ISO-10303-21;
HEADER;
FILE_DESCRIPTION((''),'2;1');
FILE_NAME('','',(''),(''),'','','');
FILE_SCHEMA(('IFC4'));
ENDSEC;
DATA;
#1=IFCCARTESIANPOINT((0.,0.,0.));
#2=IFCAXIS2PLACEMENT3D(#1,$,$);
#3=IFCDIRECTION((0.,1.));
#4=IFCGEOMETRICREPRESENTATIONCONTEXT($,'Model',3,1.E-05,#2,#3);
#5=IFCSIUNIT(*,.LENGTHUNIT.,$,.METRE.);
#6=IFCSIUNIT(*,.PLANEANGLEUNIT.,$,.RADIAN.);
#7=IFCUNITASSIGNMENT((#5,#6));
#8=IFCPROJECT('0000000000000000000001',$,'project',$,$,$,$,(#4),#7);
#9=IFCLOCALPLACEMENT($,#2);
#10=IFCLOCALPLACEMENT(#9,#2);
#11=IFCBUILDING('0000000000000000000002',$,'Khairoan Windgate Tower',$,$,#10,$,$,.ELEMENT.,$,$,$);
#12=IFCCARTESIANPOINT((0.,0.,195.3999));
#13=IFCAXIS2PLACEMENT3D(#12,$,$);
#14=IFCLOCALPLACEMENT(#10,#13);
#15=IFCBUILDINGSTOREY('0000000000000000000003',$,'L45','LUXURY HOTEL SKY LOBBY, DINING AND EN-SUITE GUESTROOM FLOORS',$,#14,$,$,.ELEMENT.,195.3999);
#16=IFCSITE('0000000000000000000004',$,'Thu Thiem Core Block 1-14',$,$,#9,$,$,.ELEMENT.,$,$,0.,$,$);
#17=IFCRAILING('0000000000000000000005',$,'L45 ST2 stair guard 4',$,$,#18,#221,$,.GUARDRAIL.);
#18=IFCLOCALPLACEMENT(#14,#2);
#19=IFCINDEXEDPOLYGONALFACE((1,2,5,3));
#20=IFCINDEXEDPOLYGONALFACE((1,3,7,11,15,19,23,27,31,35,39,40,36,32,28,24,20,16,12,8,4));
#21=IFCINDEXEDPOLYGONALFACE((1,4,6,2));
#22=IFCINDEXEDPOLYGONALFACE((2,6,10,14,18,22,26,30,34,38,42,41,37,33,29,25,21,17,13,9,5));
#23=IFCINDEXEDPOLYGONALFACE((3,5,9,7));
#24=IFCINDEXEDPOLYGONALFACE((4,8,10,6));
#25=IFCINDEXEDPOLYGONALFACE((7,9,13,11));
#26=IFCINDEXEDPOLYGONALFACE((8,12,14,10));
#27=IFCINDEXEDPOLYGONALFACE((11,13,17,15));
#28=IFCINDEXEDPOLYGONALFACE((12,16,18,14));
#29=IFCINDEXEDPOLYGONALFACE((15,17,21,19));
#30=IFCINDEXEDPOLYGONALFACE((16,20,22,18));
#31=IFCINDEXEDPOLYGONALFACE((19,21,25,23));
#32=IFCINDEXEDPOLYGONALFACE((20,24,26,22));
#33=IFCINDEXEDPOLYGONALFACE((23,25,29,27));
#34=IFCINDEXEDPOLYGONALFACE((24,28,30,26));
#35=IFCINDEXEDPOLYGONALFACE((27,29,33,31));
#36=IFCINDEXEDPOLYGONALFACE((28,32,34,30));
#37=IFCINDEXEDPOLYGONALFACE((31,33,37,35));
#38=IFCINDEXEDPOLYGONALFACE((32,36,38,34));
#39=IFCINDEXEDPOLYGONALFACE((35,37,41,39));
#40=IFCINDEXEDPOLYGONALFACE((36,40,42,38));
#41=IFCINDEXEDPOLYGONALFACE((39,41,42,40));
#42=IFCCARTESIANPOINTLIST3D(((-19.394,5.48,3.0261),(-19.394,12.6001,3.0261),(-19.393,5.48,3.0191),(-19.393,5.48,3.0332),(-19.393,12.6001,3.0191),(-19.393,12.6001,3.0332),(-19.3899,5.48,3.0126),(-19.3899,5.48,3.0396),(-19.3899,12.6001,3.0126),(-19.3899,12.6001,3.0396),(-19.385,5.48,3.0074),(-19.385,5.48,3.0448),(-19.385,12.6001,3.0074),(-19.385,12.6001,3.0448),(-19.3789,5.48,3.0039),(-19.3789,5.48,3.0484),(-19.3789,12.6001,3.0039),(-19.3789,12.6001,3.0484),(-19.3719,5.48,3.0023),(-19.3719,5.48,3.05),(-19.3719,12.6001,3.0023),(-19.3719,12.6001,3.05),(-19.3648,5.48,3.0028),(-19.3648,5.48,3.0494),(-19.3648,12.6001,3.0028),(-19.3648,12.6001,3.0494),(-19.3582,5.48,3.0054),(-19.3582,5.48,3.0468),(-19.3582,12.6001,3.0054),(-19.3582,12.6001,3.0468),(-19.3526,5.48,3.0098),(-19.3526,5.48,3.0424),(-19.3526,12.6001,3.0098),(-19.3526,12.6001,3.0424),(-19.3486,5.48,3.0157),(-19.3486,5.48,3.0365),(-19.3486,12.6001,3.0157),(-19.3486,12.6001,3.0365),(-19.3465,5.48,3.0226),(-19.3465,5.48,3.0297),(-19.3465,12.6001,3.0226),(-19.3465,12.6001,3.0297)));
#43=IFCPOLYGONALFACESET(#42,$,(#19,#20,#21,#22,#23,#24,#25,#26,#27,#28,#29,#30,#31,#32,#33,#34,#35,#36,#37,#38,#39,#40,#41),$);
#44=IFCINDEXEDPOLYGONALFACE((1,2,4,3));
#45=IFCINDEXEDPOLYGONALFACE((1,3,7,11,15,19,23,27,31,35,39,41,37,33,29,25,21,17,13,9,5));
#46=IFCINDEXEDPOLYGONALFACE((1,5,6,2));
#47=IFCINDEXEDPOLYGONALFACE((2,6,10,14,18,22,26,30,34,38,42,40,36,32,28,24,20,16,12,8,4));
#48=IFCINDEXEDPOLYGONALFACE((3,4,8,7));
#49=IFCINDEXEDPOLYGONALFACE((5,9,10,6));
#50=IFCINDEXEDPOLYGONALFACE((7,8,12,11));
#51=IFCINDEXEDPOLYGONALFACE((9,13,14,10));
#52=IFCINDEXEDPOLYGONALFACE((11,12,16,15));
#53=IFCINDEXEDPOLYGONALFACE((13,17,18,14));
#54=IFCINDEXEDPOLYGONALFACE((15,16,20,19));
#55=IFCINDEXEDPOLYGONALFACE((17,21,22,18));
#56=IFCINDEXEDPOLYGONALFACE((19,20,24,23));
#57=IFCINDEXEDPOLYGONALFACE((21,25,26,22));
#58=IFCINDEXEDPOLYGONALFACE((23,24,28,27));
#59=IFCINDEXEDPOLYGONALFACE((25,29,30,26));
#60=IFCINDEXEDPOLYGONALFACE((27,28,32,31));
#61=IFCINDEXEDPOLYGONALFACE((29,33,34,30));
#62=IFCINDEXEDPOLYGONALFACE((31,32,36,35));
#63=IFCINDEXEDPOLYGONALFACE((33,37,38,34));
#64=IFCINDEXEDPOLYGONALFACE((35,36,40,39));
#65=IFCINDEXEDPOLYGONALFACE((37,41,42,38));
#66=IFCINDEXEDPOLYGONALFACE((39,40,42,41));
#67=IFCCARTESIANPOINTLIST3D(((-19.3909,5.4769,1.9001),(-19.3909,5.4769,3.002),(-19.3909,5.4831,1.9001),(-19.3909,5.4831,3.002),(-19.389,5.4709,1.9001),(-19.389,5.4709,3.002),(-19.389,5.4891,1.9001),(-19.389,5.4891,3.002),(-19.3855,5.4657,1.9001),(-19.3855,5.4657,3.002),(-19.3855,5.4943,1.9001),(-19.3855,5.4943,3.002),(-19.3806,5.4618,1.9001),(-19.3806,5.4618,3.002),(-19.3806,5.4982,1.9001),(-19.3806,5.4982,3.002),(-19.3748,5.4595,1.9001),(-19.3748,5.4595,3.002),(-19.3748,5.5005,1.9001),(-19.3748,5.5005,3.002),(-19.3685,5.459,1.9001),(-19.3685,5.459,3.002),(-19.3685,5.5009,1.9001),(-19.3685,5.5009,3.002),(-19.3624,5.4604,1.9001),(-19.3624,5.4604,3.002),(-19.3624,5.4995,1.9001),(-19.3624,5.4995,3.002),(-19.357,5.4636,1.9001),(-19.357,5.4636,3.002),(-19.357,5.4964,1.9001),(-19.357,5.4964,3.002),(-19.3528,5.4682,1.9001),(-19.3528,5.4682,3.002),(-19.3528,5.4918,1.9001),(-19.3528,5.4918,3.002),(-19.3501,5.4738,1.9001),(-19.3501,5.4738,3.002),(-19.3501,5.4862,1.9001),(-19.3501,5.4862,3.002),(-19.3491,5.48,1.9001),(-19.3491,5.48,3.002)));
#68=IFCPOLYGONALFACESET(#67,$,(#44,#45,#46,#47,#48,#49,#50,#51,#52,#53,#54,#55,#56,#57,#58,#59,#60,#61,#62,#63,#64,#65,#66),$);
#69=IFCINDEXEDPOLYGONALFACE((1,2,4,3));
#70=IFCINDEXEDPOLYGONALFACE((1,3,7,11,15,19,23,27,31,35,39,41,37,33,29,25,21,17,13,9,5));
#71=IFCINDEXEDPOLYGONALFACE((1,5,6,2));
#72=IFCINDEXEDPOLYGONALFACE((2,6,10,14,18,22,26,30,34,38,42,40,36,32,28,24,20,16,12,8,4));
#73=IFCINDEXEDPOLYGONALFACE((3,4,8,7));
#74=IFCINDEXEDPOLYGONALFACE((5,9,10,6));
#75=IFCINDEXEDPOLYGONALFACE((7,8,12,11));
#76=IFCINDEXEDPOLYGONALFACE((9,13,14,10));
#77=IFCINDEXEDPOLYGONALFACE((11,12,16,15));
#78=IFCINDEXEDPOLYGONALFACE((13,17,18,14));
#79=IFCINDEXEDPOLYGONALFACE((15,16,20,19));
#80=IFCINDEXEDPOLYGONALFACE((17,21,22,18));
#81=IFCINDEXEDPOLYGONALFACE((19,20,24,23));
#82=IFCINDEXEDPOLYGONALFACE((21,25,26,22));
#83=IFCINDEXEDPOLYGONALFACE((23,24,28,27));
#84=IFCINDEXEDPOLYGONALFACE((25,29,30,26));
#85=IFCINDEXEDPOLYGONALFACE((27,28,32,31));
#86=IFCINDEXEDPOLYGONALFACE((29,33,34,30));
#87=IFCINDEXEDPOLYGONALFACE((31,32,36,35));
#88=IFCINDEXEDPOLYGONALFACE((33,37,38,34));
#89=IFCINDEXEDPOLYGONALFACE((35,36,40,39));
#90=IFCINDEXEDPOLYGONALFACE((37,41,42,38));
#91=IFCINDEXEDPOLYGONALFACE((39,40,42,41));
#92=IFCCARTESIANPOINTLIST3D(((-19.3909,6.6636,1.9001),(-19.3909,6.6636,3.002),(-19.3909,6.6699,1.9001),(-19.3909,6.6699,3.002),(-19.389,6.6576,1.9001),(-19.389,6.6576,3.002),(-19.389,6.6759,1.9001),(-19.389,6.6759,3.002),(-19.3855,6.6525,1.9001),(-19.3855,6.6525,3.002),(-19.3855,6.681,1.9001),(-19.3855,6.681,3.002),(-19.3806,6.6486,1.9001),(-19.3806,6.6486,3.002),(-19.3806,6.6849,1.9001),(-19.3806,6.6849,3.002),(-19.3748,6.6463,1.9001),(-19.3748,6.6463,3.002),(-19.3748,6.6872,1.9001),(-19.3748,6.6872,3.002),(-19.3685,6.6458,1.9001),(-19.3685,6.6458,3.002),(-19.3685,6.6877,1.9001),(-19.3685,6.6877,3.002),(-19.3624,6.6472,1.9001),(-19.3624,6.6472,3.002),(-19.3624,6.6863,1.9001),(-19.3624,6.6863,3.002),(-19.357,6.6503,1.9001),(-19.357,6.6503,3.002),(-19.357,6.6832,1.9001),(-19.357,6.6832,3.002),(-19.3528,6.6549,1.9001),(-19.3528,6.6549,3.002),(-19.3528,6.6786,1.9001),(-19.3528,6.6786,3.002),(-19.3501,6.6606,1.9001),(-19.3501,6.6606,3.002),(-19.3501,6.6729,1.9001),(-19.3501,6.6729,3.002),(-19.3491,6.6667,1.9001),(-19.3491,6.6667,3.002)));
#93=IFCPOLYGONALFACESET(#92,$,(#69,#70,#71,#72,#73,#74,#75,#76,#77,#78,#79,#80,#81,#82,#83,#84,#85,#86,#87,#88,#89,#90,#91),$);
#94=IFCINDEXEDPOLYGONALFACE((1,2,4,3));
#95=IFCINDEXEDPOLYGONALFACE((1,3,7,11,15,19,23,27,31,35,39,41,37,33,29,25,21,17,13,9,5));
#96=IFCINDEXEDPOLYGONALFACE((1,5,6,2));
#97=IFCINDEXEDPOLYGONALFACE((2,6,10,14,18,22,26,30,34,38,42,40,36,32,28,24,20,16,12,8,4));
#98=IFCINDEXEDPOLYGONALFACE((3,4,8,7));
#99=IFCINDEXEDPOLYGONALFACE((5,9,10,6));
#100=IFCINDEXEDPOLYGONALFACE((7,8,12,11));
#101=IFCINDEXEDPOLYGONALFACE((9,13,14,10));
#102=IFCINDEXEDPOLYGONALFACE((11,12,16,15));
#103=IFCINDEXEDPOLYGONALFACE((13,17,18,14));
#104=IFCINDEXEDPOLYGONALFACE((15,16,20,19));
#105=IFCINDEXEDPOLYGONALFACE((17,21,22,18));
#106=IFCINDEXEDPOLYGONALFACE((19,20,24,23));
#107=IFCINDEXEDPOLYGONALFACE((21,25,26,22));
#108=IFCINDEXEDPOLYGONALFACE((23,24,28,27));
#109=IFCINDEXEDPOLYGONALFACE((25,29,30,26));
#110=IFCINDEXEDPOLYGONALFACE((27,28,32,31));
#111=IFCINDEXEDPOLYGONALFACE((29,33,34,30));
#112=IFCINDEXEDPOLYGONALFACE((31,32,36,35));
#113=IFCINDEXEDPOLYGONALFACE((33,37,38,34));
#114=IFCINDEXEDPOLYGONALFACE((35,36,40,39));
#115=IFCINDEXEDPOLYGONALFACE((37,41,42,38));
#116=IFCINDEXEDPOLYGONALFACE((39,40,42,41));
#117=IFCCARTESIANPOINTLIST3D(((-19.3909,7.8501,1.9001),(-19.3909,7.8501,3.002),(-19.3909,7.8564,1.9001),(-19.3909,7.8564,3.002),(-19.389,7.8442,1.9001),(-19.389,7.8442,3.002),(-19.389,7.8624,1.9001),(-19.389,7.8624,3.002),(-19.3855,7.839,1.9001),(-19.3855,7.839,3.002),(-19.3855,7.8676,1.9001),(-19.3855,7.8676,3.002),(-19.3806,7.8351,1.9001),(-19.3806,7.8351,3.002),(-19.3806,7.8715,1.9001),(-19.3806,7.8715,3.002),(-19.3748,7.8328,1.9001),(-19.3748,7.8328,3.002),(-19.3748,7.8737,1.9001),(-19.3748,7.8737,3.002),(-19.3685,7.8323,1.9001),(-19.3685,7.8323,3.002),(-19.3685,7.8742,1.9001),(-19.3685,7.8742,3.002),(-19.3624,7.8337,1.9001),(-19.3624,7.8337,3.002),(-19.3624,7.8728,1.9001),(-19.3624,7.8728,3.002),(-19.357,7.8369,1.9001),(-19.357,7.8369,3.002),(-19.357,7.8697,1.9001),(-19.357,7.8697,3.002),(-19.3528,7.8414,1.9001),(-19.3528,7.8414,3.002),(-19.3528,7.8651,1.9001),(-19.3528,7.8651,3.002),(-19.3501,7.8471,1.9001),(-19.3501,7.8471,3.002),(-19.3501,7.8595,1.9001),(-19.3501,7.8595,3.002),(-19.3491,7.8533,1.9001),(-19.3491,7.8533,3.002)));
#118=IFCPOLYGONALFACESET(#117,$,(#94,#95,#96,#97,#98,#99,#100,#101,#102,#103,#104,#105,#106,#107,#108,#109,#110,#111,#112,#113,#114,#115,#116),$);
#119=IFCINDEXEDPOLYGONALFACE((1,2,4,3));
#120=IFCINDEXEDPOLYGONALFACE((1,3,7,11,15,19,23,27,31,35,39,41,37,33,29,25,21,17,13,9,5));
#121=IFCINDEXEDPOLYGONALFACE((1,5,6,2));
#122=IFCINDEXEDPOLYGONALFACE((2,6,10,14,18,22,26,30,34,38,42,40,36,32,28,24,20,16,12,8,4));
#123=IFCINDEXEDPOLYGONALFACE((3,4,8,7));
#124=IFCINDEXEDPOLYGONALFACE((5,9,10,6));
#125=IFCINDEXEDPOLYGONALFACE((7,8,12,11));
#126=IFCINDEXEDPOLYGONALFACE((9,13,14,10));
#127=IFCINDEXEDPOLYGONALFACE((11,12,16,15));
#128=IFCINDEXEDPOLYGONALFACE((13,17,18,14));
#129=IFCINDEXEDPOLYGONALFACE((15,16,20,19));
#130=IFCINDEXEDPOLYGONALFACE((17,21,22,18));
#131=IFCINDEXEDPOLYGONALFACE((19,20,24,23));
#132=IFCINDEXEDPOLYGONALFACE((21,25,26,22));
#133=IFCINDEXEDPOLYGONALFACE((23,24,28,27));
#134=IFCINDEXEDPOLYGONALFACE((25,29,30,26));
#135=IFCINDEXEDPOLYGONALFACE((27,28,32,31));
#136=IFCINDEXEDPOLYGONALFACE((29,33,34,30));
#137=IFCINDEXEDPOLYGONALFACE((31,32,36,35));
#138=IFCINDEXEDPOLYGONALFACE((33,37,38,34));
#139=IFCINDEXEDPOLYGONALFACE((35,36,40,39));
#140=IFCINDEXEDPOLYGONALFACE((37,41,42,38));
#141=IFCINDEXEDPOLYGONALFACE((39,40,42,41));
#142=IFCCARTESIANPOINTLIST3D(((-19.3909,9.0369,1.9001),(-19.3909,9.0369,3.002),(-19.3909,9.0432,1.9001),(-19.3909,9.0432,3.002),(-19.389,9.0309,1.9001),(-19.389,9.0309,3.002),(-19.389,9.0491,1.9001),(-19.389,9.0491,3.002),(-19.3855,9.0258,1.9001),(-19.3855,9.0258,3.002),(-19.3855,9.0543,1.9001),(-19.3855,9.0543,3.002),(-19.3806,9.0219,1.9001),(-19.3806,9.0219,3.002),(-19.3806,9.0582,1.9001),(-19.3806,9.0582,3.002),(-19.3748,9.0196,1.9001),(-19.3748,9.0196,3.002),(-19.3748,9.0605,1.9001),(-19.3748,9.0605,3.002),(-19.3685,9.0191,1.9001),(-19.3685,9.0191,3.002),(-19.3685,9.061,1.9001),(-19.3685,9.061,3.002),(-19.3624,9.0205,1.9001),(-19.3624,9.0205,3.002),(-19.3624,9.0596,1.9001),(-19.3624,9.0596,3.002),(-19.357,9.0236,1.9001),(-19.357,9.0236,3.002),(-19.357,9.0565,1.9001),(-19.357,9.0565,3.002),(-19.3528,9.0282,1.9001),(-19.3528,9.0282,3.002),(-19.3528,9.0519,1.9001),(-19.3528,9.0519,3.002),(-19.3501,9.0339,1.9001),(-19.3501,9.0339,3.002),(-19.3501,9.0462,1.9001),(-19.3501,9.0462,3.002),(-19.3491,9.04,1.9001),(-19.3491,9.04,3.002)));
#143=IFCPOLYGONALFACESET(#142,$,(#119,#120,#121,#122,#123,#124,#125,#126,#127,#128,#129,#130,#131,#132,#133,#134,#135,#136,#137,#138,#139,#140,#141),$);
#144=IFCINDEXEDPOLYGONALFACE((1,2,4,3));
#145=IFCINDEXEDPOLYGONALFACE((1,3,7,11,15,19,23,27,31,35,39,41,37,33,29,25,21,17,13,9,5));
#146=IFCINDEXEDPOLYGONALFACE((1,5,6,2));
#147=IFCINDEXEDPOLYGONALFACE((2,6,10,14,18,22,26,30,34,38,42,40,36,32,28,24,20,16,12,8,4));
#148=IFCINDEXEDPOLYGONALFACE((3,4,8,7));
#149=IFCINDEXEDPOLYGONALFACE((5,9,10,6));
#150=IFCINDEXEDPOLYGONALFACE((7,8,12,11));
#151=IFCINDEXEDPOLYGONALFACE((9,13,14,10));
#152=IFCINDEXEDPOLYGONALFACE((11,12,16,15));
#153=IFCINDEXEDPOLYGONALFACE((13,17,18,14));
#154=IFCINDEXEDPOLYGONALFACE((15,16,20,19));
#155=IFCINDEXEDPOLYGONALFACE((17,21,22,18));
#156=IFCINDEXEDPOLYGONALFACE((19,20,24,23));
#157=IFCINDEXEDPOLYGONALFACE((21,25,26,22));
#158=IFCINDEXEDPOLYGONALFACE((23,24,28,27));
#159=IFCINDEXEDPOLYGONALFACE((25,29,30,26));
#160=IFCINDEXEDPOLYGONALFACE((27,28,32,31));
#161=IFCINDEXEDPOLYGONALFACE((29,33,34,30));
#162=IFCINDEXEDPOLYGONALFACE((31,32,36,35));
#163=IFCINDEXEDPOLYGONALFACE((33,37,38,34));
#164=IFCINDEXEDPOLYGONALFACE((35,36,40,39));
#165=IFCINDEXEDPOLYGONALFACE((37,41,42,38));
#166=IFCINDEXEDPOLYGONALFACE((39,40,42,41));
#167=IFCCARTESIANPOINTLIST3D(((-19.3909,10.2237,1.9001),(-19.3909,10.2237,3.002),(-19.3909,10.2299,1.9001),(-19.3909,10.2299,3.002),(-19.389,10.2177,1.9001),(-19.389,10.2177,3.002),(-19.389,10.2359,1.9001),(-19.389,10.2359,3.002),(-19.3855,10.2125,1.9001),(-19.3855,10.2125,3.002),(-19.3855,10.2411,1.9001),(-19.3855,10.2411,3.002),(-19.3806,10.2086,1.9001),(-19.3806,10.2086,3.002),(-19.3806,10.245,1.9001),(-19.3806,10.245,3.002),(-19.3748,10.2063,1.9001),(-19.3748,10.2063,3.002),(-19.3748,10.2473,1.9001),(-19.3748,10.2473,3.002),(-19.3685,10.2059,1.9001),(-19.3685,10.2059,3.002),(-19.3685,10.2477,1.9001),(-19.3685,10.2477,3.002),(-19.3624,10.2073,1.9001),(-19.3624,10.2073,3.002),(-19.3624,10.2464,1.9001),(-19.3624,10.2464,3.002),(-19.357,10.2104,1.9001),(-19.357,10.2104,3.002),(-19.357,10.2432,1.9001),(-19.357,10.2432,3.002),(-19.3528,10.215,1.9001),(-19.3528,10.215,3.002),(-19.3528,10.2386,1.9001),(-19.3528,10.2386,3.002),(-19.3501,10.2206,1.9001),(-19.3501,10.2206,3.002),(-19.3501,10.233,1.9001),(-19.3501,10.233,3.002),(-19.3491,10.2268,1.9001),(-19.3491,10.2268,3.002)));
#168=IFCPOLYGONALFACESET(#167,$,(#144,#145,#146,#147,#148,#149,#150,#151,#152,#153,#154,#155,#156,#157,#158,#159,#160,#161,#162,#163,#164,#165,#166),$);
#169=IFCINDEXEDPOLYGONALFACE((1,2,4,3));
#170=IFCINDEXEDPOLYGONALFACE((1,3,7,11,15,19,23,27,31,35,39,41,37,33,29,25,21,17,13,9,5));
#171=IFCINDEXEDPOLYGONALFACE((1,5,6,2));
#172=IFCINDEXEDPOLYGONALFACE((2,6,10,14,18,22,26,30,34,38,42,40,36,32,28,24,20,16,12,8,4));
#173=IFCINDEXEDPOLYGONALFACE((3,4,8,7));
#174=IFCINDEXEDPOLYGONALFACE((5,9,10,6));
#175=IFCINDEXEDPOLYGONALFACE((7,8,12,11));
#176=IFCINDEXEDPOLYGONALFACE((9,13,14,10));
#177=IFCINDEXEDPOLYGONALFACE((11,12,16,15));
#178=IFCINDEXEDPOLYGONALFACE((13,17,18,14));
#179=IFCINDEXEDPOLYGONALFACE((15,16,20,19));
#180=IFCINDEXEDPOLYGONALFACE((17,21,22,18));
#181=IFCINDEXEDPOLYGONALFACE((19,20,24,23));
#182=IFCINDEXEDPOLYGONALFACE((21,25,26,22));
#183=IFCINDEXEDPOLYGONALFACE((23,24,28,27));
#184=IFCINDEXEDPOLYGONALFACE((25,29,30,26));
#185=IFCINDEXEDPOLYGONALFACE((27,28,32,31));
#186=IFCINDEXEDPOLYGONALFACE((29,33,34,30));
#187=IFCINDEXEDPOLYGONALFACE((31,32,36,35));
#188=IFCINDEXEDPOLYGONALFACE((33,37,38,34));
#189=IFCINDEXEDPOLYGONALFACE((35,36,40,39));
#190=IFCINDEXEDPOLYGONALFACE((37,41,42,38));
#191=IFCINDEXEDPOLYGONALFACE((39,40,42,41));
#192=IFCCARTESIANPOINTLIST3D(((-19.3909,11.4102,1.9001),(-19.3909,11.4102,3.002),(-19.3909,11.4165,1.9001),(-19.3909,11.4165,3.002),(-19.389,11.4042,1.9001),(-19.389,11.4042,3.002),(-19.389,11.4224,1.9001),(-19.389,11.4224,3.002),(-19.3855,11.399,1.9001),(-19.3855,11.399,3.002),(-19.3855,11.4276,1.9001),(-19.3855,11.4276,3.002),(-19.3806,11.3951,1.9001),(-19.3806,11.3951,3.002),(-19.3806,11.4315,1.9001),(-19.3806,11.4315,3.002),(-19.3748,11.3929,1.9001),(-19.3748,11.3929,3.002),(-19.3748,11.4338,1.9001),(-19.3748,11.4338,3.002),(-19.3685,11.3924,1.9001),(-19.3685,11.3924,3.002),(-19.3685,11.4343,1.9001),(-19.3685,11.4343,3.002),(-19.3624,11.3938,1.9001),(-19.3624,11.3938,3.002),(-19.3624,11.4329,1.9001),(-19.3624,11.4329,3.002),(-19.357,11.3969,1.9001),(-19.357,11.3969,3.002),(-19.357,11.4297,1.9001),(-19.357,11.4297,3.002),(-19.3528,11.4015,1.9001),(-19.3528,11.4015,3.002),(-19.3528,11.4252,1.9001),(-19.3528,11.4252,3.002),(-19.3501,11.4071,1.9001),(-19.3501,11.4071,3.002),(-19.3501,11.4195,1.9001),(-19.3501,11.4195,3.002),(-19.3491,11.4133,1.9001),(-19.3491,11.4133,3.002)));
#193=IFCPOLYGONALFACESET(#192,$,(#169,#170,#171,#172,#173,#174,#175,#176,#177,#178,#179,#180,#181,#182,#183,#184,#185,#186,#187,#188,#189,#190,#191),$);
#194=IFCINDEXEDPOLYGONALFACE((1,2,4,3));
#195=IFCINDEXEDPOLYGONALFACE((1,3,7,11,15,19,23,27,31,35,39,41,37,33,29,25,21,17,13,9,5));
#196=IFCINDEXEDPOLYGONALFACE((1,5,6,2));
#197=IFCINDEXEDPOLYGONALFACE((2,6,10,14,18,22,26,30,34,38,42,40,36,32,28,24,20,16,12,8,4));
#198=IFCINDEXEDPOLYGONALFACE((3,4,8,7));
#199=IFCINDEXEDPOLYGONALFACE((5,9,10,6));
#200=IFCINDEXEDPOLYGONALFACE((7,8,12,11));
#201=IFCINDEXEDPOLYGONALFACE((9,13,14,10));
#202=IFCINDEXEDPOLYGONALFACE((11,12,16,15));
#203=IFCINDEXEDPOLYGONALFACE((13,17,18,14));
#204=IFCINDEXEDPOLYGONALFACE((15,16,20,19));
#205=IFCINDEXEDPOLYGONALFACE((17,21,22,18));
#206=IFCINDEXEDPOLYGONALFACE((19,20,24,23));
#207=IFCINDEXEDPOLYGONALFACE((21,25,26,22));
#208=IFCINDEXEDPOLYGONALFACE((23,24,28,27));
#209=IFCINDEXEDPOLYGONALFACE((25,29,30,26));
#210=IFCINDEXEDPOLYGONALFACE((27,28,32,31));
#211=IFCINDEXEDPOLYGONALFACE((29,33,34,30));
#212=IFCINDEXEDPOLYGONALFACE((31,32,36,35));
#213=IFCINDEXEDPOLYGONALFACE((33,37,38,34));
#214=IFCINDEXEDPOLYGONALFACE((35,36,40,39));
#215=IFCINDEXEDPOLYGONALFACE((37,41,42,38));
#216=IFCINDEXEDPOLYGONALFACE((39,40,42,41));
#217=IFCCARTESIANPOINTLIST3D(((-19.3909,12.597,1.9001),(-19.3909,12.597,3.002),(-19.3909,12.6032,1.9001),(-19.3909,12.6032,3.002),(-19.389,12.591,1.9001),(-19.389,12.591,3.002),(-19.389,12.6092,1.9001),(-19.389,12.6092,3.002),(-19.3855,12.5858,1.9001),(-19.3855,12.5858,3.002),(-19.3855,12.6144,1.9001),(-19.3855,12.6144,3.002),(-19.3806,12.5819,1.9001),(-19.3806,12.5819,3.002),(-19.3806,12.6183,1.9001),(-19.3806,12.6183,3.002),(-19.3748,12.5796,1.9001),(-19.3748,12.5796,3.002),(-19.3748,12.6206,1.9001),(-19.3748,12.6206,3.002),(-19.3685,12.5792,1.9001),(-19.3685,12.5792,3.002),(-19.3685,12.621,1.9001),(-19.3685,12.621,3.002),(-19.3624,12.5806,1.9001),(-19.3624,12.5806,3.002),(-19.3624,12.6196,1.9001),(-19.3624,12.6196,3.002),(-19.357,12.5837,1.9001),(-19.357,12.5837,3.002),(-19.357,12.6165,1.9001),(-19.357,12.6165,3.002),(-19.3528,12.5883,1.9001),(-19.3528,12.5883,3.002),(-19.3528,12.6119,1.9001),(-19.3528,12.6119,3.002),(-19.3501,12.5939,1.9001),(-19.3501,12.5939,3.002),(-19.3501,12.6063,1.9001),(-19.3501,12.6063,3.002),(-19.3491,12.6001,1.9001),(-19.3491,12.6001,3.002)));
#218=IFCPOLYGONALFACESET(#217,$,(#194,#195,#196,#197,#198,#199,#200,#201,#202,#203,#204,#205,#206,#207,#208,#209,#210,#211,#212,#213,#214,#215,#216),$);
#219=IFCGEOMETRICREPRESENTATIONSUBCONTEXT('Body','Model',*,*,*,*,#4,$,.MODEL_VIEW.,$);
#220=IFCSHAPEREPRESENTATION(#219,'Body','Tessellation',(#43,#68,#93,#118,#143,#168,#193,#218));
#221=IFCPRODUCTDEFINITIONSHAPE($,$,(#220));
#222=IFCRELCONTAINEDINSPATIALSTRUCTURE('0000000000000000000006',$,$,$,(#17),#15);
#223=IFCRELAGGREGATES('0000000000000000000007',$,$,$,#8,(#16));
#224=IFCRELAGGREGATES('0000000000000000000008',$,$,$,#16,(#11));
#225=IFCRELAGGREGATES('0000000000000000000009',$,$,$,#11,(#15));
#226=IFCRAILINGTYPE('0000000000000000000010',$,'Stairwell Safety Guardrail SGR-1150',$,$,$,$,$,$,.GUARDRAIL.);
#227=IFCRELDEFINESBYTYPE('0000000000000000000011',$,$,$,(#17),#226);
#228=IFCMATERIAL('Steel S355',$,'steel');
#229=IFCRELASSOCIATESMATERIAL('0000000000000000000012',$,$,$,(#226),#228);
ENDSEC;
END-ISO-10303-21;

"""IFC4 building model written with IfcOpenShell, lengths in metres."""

from ifc_helpers import new_model, si_unit, direction, frame, origin, origin_2d, place, context, subcontext, project, spatial, circle, extrude, material, type_object, element, save


model = new_model("IFC4")

# Units and contexts
model_context = context("Model", 3, precision=1e-05, world=origin(), true_north=direction((0.0, 1.0)))
body_context = subcontext(model_context, "Body", "Model", "MODEL_VIEW")
ifc_project = project(units=[si_unit("LENGTHUNIT", "METRE"), si_unit("PLANEANGLEUNIT", "RADIAN")], contexts=[model_context])

# Site, building, storey
site_placement = place(None, origin())
site = spatial("IfcSite", under=ifc_project, at=site_placement, Name="Thu Thiem Core Block 1-14", CompositionType="ELEMENT", RefElevation=0.0)
building_placement = place(site_placement, origin())
building = spatial("IfcBuilding", under=site, at=building_placement, Name="Khairoan Windgate Tower", CompositionType="ELEMENT")
storey_placement = place(building_placement, frame((0.0, 0.0, 195.3999)))
storey = spatial("IfcBuildingStorey", under=building, at=storey_placement, Name="L45", Description="LUXURY HOTEL SKY LOBBY, DINING AND EN-SUITE GUESTROOM FLOORS", CompositionType="ELEMENT", Elevation=195.3999)

# Railing
ifc_material_1 = material(Name="Steel S355", Category="steel")
railing_type_1 = type_object("IfcRailingType", Name="Stairwell Safety Guardrail SGR-1150", PredefinedType="GUARDRAIL", material=ifc_material_1)
railing_1_placement = place(storey_placement, frame((-19.3701, 5.48, 1.9001)))
element("IfcRailing", 1, at=railing_1_placement, inside=storey, type_object=railing_type_1, Name="L45 ST2 stair guard 4", PredefinedType="GUARDRAIL", context=body_context, shape_type="SweptSolid", body=[
    extrude(circle(Radius=0.0239, at=origin_2d()), frame((0.0, 0.0, 1.126), z_axis=(0.0, 1.0, 0.0), x_axis=(-1.0, 0.0, 0.0)), (0.0, 0.0, 1.0), 7.1201),
    extrude(circle(Radius=0.021, at=origin_2d()), origin(), (0.0, 0.0, 1.0), 1.1018),
    extrude(circle(Radius=0.021, at=origin_2d()), frame((0.0, 1.1868, 0.0)), (0.0, 0.0, 1.0), 1.1018),
    extrude(circle(Radius=0.021, at=origin_2d()), frame((0.0, 2.3733, 0.0)), (0.0, 0.0, 1.0), 1.1018),
    extrude(circle(Radius=0.021, at=origin_2d()), frame((0.0, 3.5601, 0.0)), (0.0, 0.0, 1.0), 1.1018),
    extrude(circle(Radius=0.021, at=origin_2d()), frame((0.0, 4.7468, 0.0)), (0.0, 0.0, 1.0), 1.1018),
    extrude(circle(Radius=0.021, at=origin_2d()), frame((0.0, 5.9333, 0.0)), (0.0, 0.0, 1.0), 1.1018),
    extrude(circle(Radius=0.021, at=origin_2d()), frame((0.0, 7.1201, 0.0)), (0.0, 0.0, 1.0), 1.1018),
])

save(model, "model.ifc")
